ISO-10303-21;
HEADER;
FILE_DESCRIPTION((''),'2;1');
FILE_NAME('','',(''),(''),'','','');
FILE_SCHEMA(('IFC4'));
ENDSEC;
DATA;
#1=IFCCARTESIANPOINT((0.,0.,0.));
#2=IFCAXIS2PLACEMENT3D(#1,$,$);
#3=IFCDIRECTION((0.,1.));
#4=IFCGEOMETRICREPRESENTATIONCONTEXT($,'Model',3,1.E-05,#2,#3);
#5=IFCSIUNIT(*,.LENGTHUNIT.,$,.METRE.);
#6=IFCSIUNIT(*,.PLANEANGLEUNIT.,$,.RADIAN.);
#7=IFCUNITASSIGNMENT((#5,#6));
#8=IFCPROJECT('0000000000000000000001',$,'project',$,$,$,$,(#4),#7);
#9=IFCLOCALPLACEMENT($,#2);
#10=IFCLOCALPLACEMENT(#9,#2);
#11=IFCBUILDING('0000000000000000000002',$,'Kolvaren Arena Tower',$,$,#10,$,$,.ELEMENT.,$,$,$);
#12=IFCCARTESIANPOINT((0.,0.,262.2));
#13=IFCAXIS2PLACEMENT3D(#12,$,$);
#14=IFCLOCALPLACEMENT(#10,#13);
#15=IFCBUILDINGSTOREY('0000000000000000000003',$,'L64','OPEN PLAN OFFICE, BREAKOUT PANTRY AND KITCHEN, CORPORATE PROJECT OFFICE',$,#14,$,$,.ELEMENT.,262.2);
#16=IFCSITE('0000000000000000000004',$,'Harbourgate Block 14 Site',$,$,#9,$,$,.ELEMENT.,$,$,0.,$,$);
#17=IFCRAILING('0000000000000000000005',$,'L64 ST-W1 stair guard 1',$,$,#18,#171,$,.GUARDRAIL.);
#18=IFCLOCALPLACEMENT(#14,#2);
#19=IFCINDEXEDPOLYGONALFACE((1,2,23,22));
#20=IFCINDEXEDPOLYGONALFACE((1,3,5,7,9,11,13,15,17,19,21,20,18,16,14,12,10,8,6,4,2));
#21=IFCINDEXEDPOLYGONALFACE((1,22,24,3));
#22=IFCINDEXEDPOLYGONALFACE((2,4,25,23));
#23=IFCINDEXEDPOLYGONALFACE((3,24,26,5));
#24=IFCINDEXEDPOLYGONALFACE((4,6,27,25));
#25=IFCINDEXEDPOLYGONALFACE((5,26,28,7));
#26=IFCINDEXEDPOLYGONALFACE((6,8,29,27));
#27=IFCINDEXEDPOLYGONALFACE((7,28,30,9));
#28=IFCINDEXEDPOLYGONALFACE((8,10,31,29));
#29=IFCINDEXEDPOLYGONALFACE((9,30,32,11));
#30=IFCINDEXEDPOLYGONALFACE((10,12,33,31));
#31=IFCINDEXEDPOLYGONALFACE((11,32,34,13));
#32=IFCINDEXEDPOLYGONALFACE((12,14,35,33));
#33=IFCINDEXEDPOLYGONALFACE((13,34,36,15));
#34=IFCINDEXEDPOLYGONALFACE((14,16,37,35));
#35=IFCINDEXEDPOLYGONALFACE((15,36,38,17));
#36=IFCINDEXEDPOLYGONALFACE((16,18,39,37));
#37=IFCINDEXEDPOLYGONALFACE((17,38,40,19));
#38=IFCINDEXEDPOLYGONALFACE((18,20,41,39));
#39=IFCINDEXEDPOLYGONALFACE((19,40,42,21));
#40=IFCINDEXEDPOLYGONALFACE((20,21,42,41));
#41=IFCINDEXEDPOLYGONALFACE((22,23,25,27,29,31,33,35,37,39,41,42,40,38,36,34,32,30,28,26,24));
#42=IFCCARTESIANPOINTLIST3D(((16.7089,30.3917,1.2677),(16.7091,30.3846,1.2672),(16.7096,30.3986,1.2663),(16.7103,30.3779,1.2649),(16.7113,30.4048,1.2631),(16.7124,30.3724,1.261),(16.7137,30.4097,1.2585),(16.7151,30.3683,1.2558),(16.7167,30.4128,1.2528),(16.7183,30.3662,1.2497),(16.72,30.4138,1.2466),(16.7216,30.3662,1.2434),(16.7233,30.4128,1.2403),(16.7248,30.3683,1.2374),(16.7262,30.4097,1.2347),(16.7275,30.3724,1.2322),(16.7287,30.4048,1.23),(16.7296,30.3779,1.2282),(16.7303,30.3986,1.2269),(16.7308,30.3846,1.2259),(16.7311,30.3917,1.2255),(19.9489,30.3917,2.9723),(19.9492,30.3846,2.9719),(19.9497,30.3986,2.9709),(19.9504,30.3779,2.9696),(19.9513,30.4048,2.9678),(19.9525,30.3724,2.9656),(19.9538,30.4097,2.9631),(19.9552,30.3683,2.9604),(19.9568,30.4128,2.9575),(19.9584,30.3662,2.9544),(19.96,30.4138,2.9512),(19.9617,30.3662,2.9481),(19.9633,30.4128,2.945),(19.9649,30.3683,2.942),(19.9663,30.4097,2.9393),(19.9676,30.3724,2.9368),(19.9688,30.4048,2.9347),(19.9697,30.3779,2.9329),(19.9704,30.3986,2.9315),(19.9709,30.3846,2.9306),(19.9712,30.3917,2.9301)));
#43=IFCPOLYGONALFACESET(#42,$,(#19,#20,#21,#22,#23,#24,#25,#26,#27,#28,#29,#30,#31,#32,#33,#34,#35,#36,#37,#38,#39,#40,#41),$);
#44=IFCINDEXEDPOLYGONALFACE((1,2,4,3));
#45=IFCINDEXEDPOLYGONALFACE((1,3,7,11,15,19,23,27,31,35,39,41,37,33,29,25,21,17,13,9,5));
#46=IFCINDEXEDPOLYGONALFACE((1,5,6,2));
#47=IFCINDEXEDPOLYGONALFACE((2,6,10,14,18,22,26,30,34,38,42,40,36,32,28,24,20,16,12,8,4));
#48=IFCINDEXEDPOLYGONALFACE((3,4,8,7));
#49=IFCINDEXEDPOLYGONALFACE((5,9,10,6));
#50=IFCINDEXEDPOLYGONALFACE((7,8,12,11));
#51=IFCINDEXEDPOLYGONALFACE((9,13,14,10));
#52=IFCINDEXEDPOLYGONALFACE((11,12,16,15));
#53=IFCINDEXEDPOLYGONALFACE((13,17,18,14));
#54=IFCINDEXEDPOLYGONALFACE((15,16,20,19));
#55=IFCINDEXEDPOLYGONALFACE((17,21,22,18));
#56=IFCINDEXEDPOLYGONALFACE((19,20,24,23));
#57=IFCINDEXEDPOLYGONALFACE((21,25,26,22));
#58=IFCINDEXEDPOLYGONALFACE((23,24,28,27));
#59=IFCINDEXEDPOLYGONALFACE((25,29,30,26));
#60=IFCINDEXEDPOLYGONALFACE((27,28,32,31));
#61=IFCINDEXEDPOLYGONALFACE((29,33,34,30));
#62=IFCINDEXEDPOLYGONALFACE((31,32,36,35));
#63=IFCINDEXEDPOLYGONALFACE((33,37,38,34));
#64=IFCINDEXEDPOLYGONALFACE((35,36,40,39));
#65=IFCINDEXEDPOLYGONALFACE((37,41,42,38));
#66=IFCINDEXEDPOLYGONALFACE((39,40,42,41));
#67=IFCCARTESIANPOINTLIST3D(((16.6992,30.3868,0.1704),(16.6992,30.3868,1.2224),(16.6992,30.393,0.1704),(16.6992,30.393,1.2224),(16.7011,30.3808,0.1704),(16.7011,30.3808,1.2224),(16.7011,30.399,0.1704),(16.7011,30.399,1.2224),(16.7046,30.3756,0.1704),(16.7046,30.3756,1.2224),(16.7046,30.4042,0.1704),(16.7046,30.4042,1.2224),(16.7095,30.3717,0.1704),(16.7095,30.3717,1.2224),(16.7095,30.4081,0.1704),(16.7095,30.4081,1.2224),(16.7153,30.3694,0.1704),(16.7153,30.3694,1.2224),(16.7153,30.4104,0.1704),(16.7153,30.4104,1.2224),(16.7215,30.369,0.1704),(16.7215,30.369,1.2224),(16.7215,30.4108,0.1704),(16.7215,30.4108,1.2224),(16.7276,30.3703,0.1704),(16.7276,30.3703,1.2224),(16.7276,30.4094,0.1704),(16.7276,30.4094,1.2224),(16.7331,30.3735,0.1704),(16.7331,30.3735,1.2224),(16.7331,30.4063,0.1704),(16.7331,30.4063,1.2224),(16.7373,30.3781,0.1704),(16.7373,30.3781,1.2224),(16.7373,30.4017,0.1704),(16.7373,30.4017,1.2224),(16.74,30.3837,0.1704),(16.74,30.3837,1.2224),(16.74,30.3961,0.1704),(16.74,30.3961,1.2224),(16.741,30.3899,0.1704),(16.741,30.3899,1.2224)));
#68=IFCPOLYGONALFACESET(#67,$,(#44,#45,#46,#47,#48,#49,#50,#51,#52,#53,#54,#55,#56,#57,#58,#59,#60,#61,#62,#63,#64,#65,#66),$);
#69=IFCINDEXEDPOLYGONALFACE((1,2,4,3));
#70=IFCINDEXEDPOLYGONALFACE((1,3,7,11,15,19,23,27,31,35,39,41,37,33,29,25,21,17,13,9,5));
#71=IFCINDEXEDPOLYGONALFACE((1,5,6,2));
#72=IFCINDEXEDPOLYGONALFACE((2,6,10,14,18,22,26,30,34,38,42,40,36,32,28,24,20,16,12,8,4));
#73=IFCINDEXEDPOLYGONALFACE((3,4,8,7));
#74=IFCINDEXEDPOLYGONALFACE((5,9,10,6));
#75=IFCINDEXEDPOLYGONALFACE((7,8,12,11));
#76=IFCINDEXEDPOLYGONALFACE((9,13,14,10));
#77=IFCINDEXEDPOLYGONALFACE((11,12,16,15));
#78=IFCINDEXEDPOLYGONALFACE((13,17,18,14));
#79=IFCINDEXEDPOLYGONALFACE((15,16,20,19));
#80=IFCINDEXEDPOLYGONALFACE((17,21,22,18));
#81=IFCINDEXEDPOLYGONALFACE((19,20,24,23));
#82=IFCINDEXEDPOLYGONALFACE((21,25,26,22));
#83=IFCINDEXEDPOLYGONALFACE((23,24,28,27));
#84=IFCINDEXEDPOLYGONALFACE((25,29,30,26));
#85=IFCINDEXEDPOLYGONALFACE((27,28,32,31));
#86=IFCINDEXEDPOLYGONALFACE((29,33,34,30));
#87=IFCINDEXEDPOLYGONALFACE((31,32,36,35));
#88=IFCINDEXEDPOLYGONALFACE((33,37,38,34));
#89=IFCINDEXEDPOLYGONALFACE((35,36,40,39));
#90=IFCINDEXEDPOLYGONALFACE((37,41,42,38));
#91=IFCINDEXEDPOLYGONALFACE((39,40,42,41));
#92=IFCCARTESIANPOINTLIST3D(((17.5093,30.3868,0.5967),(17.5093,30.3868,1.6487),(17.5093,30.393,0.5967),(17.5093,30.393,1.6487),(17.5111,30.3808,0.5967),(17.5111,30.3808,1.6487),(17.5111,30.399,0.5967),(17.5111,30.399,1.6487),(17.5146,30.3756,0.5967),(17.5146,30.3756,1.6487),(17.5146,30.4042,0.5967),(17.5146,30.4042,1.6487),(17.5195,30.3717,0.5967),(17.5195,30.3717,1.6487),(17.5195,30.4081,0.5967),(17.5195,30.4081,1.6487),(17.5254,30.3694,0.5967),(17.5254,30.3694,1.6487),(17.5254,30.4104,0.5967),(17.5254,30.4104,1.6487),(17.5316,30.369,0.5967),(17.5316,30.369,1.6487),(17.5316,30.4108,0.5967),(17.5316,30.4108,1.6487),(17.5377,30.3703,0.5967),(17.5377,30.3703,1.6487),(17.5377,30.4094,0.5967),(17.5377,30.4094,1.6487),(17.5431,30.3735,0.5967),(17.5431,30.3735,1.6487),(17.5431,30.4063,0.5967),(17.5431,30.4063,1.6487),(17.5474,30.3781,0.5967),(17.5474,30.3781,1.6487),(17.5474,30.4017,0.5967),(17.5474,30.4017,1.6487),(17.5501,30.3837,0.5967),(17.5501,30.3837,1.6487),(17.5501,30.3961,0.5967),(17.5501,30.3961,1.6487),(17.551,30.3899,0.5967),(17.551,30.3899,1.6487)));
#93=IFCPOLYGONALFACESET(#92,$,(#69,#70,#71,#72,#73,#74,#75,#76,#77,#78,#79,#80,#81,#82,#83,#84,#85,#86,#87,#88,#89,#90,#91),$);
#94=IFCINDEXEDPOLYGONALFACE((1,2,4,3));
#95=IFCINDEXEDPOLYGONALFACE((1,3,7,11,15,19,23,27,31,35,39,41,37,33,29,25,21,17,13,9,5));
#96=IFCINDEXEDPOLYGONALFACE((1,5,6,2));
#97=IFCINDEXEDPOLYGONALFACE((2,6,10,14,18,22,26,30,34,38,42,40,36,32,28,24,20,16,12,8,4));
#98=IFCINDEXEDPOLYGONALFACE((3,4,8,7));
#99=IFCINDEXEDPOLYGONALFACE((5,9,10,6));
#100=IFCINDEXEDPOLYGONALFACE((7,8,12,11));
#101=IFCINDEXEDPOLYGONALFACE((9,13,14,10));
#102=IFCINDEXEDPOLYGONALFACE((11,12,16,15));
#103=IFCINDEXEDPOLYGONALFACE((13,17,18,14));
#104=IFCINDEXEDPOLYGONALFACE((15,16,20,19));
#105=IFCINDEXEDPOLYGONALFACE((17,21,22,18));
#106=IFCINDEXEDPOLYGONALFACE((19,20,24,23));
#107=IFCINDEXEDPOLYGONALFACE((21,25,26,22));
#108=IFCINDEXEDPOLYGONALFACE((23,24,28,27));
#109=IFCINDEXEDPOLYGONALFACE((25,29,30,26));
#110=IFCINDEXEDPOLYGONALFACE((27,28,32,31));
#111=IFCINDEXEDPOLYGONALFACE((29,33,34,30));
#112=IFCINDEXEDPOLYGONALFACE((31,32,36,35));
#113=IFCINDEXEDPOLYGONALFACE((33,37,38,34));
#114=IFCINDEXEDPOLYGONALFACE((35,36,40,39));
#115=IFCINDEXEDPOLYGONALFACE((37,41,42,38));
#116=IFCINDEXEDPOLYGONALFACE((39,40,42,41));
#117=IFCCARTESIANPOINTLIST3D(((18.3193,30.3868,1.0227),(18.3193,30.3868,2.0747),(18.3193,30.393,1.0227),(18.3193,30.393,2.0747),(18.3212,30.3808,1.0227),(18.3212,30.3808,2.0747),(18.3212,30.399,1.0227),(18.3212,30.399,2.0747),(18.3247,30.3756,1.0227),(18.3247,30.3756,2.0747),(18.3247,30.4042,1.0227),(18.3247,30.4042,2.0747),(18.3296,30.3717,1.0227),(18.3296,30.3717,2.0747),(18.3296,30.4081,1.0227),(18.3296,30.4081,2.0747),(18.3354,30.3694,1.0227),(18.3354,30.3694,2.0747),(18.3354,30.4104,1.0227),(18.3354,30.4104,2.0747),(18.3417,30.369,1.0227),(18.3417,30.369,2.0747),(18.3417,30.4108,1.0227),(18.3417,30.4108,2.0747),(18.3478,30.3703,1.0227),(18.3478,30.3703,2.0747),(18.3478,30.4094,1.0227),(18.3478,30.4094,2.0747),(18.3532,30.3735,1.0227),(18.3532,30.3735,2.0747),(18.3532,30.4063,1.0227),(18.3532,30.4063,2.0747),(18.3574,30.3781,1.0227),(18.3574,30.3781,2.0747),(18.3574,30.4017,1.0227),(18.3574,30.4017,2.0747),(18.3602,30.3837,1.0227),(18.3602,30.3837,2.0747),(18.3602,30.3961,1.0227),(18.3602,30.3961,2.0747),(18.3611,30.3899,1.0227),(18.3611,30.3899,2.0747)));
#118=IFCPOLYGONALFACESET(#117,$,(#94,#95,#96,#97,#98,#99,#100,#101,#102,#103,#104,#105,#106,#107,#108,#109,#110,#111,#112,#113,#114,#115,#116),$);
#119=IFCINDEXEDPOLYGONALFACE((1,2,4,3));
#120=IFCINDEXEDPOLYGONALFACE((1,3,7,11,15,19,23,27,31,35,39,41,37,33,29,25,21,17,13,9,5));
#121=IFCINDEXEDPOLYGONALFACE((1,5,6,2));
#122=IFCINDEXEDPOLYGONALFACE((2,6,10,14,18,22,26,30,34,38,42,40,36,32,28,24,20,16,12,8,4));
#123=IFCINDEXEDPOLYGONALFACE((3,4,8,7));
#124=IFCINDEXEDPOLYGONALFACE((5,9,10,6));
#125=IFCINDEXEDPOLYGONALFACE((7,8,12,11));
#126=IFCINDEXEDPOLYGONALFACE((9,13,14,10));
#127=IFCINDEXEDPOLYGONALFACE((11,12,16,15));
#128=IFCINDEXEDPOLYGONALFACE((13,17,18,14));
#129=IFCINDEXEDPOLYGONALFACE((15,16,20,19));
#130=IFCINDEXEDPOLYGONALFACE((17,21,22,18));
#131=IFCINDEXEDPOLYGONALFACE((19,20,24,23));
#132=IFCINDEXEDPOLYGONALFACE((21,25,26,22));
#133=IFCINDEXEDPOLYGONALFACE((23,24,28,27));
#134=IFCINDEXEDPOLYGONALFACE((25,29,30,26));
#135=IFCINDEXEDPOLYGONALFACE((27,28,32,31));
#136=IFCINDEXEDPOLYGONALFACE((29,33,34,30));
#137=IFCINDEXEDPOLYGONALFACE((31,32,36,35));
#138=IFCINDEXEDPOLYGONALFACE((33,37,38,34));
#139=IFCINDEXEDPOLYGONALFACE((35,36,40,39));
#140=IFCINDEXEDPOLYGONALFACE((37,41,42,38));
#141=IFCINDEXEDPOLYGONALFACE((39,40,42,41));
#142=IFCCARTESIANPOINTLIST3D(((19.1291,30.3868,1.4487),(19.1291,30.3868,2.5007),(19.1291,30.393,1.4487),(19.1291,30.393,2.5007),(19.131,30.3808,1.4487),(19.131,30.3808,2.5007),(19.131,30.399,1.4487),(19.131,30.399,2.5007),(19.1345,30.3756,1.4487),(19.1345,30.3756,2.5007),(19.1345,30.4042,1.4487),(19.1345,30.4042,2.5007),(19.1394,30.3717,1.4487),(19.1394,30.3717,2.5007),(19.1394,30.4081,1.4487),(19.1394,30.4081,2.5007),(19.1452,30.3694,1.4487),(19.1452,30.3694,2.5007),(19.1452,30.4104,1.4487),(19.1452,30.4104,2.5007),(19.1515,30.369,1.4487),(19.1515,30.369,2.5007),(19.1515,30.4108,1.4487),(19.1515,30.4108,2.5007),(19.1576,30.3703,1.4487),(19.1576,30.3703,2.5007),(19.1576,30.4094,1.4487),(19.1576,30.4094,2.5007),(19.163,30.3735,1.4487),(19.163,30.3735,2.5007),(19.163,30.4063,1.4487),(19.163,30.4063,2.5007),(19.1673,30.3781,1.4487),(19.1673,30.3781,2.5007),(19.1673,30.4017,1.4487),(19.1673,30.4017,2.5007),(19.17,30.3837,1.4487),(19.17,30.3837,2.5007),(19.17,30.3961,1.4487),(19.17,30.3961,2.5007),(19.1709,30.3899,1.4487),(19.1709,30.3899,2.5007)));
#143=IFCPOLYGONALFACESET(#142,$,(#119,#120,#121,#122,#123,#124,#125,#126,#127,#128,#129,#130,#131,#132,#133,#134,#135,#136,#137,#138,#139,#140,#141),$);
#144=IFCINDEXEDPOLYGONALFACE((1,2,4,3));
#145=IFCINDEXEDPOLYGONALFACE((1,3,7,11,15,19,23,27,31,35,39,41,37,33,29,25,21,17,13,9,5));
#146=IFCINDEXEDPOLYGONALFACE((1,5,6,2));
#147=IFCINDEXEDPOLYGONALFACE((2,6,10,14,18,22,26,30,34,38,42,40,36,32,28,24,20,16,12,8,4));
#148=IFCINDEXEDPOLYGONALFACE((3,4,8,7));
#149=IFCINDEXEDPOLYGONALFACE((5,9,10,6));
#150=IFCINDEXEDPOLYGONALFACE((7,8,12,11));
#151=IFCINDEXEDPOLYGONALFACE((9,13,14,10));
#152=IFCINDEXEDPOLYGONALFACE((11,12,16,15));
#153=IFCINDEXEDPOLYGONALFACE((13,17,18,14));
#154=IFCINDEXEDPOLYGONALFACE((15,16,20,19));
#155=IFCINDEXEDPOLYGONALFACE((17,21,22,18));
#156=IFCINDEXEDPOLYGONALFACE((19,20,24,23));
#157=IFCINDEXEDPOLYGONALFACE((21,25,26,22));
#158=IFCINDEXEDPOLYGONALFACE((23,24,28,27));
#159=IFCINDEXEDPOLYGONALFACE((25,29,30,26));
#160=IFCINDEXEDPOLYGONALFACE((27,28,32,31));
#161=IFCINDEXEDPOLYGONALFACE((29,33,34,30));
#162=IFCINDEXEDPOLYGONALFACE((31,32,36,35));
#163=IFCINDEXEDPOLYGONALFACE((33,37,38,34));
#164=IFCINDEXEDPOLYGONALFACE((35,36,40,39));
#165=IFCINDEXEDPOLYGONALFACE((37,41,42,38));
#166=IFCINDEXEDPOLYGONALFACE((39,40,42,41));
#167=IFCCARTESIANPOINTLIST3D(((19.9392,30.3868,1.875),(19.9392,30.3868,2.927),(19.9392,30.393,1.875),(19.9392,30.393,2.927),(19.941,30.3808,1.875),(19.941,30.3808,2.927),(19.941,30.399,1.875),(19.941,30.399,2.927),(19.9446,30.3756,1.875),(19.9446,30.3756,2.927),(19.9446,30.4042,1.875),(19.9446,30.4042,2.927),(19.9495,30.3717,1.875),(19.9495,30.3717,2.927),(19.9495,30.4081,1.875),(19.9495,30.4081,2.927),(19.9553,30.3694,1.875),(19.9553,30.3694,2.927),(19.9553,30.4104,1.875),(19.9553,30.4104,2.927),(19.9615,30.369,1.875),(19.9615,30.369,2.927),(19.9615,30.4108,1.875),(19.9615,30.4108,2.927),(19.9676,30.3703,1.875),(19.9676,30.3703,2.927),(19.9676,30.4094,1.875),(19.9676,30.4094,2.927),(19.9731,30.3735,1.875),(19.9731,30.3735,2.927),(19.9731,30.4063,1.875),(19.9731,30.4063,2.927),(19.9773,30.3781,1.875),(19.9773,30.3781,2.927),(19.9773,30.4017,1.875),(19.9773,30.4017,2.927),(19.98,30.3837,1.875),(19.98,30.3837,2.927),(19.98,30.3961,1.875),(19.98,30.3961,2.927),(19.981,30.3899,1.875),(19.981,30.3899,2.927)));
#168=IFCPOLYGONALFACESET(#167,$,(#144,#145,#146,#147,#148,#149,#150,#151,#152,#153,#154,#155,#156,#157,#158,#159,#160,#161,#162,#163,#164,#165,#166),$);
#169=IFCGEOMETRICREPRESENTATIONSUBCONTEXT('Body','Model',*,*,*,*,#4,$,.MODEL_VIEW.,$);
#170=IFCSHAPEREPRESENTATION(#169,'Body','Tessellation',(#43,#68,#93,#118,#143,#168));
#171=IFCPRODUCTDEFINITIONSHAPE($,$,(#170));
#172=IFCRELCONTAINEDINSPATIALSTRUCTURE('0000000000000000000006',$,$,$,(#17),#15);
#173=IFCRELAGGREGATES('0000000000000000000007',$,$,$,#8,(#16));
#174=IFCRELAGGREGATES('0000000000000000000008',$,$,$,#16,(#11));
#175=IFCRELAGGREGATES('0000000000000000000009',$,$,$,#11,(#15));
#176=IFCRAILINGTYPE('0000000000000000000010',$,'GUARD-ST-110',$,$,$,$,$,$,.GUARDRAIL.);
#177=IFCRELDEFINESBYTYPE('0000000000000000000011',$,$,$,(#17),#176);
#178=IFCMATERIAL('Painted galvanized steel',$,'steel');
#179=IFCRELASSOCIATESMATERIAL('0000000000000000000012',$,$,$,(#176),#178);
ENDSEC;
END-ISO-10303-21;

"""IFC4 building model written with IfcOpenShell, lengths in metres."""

from ifc_helpers import new_model, si_unit, direction, frame, origin, origin_2d, place, context, subcontext, project, spatial, circle, extrude, material, type_object, element, save


model = new_model("IFC4")

# Units and contexts
model_context = context("Model", 3, precision=1e-05, world=origin(), true_north=direction((0.0, 1.0)))
body_context = subcontext(model_context, "Body", "Model", "MODEL_VIEW")
ifc_project = project(units=[si_unit("LENGTHUNIT", "METRE"), si_unit("PLANEANGLEUNIT", "RADIAN")], contexts=[model_context])

# Site, building, storey
site_placement = place(None, origin())
site = spatial("IfcSite", under=ifc_project, at=site_placement, Name="Harbourgate Block 14 Site", CompositionType="ELEMENT", RefElevation=0.0)
building_placement = place(site_placement, origin())
building = spatial("IfcBuilding", under=site, at=building_placement, Name="Kolvaren Arena Tower", CompositionType="ELEMENT")
storey_placement = place(building_placement, frame((0.0, 0.0, 262.2)))
storey = spatial("IfcBuildingStorey", under=building, at=storey_placement, Name="L64", Description="OPEN PLAN OFFICE, BREAKOUT PANTRY AND KITCHEN, CORPORATE PROJECT OFFICE", CompositionType="ELEMENT", Elevation=262.2)

# Railing
ifc_material_1 = material(Name="Painted galvanized steel", Category="steel")
railing_type_1 = type_object("IfcRailingType", Name="GUARD-ST-110", PredefinedType="GUARDRAIL", material=ifc_material_1)
railing_1_placement = place(storey_placement, frame((16.72, 30.3899, 0.1704)))
element("IfcRailing", 1, at=railing_1_placement, inside=storey, type_object=railing_type_1, Name="L64 ST-W1 stair guard 1", PredefinedType="GUARDRAIL", context=body_context, shape_type="SweptSolid", body=[
    extrude(circle(Radius=0.0239, at=origin_2d()), frame((0.0, 0.0, 1.0762), z_axis=(0.884993, 0.0, 0.465604), x_axis=(0.0, 1.0, 0.0)), (0.0, 0.0, 1.0), 3.6611),
    extrude(circle(Radius=0.021, at=origin_2d()), origin(), (0.0, 0.0, 1.0), 1.052),
    extrude(circle(Radius=0.021, at=origin_2d()), frame((0.8101, 0.0, 0.4263)), (0.0, 0.0, 1.0), 1.052),
    extrude(circle(Radius=0.021, at=origin_2d()), frame((1.6201, 0.0, 0.8523)), (0.0, 0.0, 1.0), 1.052),
    extrude(circle(Radius=0.021, at=origin_2d()), frame((2.4299, 0.0, 1.2783)), (0.0, 0.0, 1.0), 1.052),
    extrude(circle(Radius=0.021, at=origin_2d()), frame((3.24, 0.0, 1.7046)), (0.0, 0.0, 1.0), 1.052),
])

save(model, "model.ifc")
